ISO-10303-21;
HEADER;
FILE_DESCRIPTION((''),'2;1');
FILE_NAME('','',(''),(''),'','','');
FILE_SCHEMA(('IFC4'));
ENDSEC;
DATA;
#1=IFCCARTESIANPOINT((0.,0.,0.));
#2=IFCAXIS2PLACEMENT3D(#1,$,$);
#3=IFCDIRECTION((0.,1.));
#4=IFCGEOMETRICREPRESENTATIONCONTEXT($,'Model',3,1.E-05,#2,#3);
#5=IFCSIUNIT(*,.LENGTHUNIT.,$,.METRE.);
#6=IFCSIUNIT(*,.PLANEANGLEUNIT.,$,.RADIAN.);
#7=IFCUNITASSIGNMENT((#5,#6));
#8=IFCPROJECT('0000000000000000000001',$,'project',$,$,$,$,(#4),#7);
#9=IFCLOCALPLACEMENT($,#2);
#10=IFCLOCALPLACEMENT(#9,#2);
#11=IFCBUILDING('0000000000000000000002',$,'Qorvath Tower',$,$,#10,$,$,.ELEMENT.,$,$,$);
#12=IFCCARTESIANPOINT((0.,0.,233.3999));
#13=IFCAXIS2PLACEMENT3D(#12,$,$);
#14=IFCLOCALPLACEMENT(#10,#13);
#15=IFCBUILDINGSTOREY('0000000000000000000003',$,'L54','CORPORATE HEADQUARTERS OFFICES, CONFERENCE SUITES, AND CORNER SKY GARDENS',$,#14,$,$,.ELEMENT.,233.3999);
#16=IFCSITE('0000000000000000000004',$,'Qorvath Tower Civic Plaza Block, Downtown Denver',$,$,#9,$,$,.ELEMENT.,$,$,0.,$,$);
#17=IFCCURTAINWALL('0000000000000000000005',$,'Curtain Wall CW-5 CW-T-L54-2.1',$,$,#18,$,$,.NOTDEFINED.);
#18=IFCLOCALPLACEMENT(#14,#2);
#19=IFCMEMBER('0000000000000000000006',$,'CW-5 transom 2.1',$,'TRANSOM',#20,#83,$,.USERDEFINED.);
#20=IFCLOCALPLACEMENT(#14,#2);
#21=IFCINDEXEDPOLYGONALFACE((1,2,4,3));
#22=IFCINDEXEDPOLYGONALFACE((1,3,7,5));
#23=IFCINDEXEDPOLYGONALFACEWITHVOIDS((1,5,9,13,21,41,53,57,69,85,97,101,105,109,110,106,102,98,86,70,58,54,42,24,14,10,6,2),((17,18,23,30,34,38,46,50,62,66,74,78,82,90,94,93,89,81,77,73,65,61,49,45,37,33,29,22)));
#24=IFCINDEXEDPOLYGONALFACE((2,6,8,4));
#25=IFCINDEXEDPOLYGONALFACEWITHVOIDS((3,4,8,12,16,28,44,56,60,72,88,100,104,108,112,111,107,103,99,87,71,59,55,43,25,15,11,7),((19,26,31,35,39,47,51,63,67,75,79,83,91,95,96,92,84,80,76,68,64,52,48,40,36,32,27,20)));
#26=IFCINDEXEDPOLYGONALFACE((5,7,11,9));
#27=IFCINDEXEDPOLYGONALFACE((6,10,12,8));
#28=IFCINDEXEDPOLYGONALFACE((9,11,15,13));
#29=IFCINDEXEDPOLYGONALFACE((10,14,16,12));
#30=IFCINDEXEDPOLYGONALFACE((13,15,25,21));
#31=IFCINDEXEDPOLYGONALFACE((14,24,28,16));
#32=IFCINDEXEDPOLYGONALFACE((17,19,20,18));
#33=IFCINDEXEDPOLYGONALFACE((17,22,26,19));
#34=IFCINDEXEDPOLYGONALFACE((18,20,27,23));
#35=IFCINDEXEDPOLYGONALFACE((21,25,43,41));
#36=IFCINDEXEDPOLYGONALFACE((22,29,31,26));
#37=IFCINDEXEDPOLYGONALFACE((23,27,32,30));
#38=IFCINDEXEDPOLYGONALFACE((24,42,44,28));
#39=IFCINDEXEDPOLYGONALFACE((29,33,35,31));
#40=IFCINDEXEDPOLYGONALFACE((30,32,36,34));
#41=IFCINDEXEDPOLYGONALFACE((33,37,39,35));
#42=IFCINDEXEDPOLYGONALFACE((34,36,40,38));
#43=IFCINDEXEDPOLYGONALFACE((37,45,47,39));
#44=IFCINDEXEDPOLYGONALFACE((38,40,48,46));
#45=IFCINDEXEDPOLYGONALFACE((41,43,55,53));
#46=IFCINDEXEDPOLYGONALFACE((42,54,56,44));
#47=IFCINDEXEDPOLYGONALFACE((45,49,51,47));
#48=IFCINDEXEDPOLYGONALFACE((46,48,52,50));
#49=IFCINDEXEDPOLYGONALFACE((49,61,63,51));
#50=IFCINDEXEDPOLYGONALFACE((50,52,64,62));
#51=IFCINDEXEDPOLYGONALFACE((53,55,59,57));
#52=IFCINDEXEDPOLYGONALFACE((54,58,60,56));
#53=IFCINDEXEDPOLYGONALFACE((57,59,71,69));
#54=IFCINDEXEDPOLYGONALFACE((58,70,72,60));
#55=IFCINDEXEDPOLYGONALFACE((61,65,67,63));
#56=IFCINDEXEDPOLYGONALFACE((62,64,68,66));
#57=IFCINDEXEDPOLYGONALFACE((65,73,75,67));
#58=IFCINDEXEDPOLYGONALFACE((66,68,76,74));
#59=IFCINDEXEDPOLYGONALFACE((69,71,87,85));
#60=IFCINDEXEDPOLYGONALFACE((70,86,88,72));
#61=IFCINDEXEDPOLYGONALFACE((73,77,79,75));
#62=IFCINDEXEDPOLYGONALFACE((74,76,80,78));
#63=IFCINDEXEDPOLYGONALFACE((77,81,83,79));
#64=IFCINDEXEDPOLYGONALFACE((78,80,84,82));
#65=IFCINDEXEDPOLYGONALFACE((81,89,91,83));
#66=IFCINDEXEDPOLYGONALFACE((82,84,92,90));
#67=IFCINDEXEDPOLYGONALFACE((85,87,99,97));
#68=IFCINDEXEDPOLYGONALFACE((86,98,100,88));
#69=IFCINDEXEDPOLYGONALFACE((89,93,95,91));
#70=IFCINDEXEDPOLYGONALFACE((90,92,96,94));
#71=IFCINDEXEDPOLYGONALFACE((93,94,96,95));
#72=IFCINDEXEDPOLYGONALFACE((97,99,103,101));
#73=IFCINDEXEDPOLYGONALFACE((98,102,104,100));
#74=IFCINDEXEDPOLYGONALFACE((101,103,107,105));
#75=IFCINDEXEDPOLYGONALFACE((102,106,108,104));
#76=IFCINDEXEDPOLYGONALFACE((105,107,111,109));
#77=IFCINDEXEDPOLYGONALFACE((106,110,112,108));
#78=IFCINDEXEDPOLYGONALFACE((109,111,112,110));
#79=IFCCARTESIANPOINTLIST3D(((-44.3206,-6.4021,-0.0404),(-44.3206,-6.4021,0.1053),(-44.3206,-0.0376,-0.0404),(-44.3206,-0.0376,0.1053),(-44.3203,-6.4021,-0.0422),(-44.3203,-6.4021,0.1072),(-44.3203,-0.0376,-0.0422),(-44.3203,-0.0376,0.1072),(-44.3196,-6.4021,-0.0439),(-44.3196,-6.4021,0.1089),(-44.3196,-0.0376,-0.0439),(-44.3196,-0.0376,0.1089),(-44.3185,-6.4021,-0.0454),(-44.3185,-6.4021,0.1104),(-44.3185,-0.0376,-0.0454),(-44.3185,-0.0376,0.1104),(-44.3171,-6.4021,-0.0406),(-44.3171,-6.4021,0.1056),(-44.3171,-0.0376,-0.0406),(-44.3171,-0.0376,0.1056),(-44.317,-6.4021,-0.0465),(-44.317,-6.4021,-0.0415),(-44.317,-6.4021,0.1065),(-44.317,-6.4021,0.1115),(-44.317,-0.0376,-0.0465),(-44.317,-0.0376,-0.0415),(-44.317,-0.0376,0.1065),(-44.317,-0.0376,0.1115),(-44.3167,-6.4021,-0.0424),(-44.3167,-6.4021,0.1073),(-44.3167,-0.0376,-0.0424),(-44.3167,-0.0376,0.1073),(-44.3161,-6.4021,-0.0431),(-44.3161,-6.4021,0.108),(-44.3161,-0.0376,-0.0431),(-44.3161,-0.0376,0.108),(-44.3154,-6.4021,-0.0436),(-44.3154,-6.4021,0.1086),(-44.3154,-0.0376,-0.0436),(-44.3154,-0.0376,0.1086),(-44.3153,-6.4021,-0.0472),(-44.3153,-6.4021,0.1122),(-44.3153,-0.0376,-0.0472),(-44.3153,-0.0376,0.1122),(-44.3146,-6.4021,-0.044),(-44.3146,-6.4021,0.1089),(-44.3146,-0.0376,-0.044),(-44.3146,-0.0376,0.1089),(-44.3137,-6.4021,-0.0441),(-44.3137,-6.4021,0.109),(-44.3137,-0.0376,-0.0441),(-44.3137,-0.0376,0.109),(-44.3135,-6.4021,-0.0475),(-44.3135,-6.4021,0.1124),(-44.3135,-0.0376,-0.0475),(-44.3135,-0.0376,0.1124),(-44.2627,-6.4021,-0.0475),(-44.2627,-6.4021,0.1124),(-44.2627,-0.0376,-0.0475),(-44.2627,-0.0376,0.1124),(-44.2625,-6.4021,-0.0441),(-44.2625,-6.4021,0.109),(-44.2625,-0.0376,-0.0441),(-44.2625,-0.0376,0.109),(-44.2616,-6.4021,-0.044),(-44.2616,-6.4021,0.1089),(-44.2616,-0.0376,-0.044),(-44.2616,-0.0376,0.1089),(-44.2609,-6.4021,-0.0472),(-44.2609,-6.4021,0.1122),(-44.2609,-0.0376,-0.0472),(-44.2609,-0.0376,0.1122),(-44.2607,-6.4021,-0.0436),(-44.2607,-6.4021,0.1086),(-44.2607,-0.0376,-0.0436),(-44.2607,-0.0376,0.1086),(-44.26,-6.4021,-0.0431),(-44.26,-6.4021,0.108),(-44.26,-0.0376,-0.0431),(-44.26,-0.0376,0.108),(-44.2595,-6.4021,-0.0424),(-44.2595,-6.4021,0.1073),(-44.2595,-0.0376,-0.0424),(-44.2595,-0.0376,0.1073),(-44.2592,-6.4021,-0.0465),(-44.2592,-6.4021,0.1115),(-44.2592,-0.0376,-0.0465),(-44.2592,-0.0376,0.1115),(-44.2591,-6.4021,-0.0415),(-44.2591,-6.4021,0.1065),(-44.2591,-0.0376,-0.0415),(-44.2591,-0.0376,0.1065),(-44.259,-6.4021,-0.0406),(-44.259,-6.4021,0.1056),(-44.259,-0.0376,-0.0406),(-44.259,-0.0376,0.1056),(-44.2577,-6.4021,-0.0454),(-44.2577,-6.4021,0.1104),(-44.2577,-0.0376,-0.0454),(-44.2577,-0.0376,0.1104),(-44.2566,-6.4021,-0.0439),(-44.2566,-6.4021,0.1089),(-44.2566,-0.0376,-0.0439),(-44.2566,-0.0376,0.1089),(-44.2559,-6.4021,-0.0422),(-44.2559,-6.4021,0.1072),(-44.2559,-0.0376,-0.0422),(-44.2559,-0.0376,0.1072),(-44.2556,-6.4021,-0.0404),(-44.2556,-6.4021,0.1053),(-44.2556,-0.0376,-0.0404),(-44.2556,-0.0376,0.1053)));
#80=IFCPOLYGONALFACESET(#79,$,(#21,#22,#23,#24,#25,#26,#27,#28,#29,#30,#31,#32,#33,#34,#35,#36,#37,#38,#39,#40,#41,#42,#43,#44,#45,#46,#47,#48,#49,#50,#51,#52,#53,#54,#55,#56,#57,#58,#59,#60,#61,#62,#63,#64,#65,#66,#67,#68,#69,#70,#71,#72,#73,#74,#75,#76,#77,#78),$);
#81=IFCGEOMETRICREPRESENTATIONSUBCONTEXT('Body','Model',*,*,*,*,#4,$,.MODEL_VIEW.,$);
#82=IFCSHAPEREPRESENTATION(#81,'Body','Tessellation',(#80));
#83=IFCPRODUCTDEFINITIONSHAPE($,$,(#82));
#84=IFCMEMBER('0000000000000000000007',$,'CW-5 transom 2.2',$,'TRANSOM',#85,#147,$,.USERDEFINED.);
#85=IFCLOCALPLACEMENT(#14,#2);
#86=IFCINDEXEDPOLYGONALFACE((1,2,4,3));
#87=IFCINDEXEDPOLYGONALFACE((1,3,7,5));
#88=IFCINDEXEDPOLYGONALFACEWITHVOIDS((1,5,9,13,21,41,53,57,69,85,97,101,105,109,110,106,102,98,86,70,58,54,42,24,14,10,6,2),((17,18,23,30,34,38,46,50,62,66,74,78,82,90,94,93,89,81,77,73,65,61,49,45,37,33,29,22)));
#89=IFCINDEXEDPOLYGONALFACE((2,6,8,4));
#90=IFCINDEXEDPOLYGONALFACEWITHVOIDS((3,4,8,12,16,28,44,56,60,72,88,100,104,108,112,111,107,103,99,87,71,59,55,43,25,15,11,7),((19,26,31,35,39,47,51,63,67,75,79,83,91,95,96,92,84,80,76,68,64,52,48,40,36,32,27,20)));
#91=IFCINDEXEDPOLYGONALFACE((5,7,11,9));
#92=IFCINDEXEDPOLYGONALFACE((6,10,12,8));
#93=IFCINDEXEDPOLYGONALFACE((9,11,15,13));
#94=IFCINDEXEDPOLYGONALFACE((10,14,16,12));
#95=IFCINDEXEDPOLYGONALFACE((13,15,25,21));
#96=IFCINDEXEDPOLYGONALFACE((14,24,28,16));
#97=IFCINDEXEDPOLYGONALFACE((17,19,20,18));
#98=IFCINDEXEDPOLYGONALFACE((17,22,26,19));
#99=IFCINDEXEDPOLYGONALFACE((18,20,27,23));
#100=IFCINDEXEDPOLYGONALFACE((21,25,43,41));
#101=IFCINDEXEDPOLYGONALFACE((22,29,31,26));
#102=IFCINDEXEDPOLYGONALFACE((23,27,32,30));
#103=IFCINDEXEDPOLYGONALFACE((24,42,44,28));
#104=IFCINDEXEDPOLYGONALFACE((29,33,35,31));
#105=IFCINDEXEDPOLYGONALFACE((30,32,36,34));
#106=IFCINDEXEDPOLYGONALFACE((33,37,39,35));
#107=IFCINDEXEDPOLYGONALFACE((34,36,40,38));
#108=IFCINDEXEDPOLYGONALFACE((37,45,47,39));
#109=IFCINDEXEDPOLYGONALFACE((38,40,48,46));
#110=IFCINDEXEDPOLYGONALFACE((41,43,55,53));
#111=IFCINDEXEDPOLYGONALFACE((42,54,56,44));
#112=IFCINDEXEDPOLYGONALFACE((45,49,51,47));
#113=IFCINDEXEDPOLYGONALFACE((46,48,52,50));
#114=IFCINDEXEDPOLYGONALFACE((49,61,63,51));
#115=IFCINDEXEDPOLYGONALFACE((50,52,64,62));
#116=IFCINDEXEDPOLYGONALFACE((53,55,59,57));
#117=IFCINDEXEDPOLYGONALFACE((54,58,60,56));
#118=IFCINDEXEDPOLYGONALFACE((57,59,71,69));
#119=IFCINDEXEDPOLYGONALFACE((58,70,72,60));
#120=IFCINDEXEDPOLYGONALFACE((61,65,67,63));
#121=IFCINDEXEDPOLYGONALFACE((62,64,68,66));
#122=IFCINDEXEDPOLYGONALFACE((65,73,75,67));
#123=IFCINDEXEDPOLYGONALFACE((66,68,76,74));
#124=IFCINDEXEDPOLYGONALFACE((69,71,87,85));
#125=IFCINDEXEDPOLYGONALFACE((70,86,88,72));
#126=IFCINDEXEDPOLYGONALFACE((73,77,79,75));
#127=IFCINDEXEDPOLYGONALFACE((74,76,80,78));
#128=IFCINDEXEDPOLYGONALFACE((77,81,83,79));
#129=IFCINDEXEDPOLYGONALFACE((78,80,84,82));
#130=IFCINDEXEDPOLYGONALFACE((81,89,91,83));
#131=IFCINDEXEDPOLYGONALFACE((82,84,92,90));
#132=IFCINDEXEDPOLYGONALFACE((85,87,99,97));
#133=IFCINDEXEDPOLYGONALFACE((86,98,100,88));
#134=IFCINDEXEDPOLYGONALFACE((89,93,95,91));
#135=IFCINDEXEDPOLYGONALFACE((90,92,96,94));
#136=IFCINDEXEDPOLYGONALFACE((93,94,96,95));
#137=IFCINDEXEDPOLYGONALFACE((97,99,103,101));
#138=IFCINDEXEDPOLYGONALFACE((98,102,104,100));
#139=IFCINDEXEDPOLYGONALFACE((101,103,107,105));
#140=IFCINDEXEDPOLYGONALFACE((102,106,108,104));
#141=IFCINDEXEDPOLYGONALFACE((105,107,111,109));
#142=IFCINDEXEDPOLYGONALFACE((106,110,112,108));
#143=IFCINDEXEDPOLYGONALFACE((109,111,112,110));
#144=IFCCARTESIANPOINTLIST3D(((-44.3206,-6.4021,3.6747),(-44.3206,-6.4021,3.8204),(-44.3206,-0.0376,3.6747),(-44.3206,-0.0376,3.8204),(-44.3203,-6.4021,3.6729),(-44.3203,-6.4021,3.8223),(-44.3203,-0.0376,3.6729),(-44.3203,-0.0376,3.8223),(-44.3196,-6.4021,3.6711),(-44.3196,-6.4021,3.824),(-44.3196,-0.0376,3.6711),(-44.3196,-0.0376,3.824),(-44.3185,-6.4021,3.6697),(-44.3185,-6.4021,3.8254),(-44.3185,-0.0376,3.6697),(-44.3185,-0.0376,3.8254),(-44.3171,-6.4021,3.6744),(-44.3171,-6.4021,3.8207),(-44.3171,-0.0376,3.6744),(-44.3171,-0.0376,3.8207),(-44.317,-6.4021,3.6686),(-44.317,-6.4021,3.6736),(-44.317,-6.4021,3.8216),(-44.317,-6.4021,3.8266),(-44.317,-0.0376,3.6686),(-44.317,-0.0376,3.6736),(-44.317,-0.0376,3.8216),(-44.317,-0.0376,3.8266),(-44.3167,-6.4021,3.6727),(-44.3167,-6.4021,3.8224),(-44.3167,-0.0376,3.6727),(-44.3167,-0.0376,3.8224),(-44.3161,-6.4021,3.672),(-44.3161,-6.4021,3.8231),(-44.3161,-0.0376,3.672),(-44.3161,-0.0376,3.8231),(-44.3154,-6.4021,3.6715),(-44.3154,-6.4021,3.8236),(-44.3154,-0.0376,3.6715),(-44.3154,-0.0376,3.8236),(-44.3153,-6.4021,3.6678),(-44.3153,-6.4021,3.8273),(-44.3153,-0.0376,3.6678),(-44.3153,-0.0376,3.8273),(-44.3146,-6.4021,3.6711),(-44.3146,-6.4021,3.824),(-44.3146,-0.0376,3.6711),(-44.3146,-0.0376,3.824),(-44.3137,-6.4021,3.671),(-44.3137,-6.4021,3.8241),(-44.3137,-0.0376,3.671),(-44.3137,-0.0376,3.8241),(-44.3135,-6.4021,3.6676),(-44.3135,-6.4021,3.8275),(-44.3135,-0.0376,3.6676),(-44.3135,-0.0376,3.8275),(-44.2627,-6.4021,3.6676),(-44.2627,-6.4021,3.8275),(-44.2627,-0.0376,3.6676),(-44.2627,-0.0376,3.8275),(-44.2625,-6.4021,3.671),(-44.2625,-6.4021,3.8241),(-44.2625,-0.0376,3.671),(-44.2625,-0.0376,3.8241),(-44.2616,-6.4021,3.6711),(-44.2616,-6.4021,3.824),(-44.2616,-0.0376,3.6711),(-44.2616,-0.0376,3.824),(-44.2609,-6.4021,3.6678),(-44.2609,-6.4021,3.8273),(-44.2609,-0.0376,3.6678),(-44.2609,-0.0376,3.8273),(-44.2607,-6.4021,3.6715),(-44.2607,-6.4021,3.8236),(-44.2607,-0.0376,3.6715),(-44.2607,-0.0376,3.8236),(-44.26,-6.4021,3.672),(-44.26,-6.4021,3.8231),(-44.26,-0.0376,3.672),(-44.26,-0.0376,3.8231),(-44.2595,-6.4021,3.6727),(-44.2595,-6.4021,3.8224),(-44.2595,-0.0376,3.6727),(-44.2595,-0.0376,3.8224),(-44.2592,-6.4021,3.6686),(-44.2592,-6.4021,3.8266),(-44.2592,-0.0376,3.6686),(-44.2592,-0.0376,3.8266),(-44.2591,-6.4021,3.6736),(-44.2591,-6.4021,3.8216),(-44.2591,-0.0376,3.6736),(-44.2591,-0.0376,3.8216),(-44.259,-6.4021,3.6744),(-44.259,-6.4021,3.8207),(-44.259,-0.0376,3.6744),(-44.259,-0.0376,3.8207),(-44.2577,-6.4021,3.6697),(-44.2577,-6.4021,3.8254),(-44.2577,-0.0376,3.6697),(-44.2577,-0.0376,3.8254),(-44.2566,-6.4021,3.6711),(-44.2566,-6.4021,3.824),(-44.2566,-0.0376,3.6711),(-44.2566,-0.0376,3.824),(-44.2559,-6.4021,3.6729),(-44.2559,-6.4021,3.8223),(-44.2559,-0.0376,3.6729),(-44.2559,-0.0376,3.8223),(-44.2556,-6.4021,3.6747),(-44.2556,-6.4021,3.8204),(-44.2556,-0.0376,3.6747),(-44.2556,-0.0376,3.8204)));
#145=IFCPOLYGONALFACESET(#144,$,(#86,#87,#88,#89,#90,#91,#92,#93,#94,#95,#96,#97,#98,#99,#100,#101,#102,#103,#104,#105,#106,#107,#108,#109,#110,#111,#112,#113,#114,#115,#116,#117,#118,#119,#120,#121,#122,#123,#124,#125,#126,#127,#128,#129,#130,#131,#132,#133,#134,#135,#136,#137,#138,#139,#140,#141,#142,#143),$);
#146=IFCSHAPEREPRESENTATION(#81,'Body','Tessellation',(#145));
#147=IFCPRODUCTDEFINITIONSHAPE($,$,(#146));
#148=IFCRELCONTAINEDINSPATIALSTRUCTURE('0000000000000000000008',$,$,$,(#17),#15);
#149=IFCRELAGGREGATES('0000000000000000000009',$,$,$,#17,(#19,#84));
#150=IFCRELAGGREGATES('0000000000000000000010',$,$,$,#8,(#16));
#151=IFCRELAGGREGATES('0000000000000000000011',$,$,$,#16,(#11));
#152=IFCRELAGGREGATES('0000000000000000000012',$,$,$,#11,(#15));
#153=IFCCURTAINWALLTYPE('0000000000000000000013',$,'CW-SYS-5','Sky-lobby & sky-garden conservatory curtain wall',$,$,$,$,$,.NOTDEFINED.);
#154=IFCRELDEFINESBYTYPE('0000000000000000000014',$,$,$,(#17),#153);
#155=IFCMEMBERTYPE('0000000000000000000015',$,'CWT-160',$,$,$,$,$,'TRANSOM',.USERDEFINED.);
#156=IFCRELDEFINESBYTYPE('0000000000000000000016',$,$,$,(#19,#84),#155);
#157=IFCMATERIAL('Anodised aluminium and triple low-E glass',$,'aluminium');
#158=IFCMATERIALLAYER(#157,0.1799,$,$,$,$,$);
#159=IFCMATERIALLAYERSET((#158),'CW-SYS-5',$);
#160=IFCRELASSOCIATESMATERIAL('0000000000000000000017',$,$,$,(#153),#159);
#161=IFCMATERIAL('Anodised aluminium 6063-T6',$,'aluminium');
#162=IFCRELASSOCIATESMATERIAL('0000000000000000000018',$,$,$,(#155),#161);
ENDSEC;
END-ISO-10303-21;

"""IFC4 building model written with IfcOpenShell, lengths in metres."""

from ifc_helpers import new_model, si_unit, direction, frame, origin, origin_2d, place, context, subcontext, project, spatial, hollow_rectangle, extrude, material, layer, layer_set, material_profile, profile_set, type_object, element, aggregate, save


model = new_model("IFC4")

# Units and contexts
model_context = context("Model", 3, precision=1e-05, world=origin(), true_north=direction((0.0, 1.0)))
body_context = subcontext(model_context, "Body", "Model", "MODEL_VIEW")
ifc_project = project(units=[si_unit("LENGTHUNIT", "METRE"), si_unit("PLANEANGLEUNIT", "RADIAN")], contexts=[model_context])

# Site, building, storey
site_placement = place(None, origin())
site = spatial("IfcSite", under=ifc_project, at=site_placement, Name="Qorvath Tower Civic Plaza Block, Downtown Denver", CompositionType="ELEMENT", RefElevation=0.0)
building_placement = place(site_placement, origin())
building = spatial("IfcBuilding", under=site, at=building_placement, Name="Qorvath Tower", CompositionType="ELEMENT")
storey_placement = place(building_placement, frame((0.0, 0.0, 233.3999)))
storey = spatial("IfcBuildingStorey", under=building, at=storey_placement, Name="L54", Description="CORPORATE HEADQUARTERS OFFICES, CONFERENCE SUITES, AND CORNER SKY GARDENS", CompositionType="ELEMENT", Elevation=233.3999)

# Curtain wall
ifc_material_1 = material(Name="Anodised aluminium and triple low-E glass", Category="aluminium")
ifc_layer_1 = layer(ifc_material_1, 0.1799)
ifc_layer_set_1 = layer_set([ifc_layer_1], Name="CW-SYS-5")
curtain_wall_type = type_object("IfcCurtainWallType", Name="CW-SYS-5", Description="Sky-lobby & sky-garden conservatory curtain wall", PredefinedType="NOTDEFINED", material=ifc_layer_set_1)
curtain_wall_1_placement = place(storey_placement, origin())
curtain_wall_1 = element("IfcCurtainWall", 1, at=curtain_wall_1_placement, inside=storey, type_object=curtain_wall_type, Name="Curtain Wall CW-5 CW-T-L54-2.1", PredefinedType="NOTDEFINED")

# Members
ifc_material_2 = material(Name="Anodised aluminium 6063-T6", Category="aluminium")
ifc_material_profile_1 = material_profile(ifc_material_2, hollow_rectangle(XDim=0.0649, YDim=0.1599, WallThickness=0.0034, InnerFilletRadius=0.0034, OuterFilletRadius=0.0071, at=origin_2d()), Name="CWT 160x65")
ifc_profile_set_1 = profile_set([ifc_material_profile_1], Name="Anodised aluminium 6063-T6")
member_type_1 = type_object("IfcMemberType", Name="CWT-160", ElementType="TRANSOM", PredefinedType="USERDEFINED", material=ifc_profile_set_1)
member_1_placement = place(storey_placement, frame((-44.2881, -0.0376, 0.0325), z_axis=(0.0, -1.0, 0.0), x_axis=(1.0, 0.0, 0.0)))
member_1 = element("IfcMember", 2, at=member_1_placement, type_object=member_type_1, Name="CW-5 transom 2.1", ObjectType="TRANSOM", PredefinedType="USERDEFINED", context=body_context, shape_type="SweptSolid", body=[
    extrude(hollow_rectangle(XDim=0.0649, YDim=0.1599, WallThickness=0.0034, InnerFilletRadius=0.0034, OuterFilletRadius=0.0071, at=origin_2d()), origin(), (0.0, 0.0, 1.0), 6.3645),
])
member_2_placement = place(storey_placement, frame((-44.2881, -0.0376, 3.7476), z_axis=(0.0, -1.0, 0.0), x_axis=(1.0, 0.0, 0.0)))
member_2 = element("IfcMember", 3, at=member_2_placement, type_object=member_type_1, Name="CW-5 transom 2.2", ObjectType="TRANSOM", PredefinedType="USERDEFINED", context=body_context, shape_type="SweptSolid", body=[
    extrude(hollow_rectangle(XDim=0.0649, YDim=0.1599, WallThickness=0.0034, InnerFilletRadius=0.0034, OuterFilletRadius=0.0071, at=origin_2d()), origin(), (0.0, 0.0, 1.0), 6.3645),
])

aggregate(curtain_wall_1, [member_1, member_2])

save(model, "model.ifc")
